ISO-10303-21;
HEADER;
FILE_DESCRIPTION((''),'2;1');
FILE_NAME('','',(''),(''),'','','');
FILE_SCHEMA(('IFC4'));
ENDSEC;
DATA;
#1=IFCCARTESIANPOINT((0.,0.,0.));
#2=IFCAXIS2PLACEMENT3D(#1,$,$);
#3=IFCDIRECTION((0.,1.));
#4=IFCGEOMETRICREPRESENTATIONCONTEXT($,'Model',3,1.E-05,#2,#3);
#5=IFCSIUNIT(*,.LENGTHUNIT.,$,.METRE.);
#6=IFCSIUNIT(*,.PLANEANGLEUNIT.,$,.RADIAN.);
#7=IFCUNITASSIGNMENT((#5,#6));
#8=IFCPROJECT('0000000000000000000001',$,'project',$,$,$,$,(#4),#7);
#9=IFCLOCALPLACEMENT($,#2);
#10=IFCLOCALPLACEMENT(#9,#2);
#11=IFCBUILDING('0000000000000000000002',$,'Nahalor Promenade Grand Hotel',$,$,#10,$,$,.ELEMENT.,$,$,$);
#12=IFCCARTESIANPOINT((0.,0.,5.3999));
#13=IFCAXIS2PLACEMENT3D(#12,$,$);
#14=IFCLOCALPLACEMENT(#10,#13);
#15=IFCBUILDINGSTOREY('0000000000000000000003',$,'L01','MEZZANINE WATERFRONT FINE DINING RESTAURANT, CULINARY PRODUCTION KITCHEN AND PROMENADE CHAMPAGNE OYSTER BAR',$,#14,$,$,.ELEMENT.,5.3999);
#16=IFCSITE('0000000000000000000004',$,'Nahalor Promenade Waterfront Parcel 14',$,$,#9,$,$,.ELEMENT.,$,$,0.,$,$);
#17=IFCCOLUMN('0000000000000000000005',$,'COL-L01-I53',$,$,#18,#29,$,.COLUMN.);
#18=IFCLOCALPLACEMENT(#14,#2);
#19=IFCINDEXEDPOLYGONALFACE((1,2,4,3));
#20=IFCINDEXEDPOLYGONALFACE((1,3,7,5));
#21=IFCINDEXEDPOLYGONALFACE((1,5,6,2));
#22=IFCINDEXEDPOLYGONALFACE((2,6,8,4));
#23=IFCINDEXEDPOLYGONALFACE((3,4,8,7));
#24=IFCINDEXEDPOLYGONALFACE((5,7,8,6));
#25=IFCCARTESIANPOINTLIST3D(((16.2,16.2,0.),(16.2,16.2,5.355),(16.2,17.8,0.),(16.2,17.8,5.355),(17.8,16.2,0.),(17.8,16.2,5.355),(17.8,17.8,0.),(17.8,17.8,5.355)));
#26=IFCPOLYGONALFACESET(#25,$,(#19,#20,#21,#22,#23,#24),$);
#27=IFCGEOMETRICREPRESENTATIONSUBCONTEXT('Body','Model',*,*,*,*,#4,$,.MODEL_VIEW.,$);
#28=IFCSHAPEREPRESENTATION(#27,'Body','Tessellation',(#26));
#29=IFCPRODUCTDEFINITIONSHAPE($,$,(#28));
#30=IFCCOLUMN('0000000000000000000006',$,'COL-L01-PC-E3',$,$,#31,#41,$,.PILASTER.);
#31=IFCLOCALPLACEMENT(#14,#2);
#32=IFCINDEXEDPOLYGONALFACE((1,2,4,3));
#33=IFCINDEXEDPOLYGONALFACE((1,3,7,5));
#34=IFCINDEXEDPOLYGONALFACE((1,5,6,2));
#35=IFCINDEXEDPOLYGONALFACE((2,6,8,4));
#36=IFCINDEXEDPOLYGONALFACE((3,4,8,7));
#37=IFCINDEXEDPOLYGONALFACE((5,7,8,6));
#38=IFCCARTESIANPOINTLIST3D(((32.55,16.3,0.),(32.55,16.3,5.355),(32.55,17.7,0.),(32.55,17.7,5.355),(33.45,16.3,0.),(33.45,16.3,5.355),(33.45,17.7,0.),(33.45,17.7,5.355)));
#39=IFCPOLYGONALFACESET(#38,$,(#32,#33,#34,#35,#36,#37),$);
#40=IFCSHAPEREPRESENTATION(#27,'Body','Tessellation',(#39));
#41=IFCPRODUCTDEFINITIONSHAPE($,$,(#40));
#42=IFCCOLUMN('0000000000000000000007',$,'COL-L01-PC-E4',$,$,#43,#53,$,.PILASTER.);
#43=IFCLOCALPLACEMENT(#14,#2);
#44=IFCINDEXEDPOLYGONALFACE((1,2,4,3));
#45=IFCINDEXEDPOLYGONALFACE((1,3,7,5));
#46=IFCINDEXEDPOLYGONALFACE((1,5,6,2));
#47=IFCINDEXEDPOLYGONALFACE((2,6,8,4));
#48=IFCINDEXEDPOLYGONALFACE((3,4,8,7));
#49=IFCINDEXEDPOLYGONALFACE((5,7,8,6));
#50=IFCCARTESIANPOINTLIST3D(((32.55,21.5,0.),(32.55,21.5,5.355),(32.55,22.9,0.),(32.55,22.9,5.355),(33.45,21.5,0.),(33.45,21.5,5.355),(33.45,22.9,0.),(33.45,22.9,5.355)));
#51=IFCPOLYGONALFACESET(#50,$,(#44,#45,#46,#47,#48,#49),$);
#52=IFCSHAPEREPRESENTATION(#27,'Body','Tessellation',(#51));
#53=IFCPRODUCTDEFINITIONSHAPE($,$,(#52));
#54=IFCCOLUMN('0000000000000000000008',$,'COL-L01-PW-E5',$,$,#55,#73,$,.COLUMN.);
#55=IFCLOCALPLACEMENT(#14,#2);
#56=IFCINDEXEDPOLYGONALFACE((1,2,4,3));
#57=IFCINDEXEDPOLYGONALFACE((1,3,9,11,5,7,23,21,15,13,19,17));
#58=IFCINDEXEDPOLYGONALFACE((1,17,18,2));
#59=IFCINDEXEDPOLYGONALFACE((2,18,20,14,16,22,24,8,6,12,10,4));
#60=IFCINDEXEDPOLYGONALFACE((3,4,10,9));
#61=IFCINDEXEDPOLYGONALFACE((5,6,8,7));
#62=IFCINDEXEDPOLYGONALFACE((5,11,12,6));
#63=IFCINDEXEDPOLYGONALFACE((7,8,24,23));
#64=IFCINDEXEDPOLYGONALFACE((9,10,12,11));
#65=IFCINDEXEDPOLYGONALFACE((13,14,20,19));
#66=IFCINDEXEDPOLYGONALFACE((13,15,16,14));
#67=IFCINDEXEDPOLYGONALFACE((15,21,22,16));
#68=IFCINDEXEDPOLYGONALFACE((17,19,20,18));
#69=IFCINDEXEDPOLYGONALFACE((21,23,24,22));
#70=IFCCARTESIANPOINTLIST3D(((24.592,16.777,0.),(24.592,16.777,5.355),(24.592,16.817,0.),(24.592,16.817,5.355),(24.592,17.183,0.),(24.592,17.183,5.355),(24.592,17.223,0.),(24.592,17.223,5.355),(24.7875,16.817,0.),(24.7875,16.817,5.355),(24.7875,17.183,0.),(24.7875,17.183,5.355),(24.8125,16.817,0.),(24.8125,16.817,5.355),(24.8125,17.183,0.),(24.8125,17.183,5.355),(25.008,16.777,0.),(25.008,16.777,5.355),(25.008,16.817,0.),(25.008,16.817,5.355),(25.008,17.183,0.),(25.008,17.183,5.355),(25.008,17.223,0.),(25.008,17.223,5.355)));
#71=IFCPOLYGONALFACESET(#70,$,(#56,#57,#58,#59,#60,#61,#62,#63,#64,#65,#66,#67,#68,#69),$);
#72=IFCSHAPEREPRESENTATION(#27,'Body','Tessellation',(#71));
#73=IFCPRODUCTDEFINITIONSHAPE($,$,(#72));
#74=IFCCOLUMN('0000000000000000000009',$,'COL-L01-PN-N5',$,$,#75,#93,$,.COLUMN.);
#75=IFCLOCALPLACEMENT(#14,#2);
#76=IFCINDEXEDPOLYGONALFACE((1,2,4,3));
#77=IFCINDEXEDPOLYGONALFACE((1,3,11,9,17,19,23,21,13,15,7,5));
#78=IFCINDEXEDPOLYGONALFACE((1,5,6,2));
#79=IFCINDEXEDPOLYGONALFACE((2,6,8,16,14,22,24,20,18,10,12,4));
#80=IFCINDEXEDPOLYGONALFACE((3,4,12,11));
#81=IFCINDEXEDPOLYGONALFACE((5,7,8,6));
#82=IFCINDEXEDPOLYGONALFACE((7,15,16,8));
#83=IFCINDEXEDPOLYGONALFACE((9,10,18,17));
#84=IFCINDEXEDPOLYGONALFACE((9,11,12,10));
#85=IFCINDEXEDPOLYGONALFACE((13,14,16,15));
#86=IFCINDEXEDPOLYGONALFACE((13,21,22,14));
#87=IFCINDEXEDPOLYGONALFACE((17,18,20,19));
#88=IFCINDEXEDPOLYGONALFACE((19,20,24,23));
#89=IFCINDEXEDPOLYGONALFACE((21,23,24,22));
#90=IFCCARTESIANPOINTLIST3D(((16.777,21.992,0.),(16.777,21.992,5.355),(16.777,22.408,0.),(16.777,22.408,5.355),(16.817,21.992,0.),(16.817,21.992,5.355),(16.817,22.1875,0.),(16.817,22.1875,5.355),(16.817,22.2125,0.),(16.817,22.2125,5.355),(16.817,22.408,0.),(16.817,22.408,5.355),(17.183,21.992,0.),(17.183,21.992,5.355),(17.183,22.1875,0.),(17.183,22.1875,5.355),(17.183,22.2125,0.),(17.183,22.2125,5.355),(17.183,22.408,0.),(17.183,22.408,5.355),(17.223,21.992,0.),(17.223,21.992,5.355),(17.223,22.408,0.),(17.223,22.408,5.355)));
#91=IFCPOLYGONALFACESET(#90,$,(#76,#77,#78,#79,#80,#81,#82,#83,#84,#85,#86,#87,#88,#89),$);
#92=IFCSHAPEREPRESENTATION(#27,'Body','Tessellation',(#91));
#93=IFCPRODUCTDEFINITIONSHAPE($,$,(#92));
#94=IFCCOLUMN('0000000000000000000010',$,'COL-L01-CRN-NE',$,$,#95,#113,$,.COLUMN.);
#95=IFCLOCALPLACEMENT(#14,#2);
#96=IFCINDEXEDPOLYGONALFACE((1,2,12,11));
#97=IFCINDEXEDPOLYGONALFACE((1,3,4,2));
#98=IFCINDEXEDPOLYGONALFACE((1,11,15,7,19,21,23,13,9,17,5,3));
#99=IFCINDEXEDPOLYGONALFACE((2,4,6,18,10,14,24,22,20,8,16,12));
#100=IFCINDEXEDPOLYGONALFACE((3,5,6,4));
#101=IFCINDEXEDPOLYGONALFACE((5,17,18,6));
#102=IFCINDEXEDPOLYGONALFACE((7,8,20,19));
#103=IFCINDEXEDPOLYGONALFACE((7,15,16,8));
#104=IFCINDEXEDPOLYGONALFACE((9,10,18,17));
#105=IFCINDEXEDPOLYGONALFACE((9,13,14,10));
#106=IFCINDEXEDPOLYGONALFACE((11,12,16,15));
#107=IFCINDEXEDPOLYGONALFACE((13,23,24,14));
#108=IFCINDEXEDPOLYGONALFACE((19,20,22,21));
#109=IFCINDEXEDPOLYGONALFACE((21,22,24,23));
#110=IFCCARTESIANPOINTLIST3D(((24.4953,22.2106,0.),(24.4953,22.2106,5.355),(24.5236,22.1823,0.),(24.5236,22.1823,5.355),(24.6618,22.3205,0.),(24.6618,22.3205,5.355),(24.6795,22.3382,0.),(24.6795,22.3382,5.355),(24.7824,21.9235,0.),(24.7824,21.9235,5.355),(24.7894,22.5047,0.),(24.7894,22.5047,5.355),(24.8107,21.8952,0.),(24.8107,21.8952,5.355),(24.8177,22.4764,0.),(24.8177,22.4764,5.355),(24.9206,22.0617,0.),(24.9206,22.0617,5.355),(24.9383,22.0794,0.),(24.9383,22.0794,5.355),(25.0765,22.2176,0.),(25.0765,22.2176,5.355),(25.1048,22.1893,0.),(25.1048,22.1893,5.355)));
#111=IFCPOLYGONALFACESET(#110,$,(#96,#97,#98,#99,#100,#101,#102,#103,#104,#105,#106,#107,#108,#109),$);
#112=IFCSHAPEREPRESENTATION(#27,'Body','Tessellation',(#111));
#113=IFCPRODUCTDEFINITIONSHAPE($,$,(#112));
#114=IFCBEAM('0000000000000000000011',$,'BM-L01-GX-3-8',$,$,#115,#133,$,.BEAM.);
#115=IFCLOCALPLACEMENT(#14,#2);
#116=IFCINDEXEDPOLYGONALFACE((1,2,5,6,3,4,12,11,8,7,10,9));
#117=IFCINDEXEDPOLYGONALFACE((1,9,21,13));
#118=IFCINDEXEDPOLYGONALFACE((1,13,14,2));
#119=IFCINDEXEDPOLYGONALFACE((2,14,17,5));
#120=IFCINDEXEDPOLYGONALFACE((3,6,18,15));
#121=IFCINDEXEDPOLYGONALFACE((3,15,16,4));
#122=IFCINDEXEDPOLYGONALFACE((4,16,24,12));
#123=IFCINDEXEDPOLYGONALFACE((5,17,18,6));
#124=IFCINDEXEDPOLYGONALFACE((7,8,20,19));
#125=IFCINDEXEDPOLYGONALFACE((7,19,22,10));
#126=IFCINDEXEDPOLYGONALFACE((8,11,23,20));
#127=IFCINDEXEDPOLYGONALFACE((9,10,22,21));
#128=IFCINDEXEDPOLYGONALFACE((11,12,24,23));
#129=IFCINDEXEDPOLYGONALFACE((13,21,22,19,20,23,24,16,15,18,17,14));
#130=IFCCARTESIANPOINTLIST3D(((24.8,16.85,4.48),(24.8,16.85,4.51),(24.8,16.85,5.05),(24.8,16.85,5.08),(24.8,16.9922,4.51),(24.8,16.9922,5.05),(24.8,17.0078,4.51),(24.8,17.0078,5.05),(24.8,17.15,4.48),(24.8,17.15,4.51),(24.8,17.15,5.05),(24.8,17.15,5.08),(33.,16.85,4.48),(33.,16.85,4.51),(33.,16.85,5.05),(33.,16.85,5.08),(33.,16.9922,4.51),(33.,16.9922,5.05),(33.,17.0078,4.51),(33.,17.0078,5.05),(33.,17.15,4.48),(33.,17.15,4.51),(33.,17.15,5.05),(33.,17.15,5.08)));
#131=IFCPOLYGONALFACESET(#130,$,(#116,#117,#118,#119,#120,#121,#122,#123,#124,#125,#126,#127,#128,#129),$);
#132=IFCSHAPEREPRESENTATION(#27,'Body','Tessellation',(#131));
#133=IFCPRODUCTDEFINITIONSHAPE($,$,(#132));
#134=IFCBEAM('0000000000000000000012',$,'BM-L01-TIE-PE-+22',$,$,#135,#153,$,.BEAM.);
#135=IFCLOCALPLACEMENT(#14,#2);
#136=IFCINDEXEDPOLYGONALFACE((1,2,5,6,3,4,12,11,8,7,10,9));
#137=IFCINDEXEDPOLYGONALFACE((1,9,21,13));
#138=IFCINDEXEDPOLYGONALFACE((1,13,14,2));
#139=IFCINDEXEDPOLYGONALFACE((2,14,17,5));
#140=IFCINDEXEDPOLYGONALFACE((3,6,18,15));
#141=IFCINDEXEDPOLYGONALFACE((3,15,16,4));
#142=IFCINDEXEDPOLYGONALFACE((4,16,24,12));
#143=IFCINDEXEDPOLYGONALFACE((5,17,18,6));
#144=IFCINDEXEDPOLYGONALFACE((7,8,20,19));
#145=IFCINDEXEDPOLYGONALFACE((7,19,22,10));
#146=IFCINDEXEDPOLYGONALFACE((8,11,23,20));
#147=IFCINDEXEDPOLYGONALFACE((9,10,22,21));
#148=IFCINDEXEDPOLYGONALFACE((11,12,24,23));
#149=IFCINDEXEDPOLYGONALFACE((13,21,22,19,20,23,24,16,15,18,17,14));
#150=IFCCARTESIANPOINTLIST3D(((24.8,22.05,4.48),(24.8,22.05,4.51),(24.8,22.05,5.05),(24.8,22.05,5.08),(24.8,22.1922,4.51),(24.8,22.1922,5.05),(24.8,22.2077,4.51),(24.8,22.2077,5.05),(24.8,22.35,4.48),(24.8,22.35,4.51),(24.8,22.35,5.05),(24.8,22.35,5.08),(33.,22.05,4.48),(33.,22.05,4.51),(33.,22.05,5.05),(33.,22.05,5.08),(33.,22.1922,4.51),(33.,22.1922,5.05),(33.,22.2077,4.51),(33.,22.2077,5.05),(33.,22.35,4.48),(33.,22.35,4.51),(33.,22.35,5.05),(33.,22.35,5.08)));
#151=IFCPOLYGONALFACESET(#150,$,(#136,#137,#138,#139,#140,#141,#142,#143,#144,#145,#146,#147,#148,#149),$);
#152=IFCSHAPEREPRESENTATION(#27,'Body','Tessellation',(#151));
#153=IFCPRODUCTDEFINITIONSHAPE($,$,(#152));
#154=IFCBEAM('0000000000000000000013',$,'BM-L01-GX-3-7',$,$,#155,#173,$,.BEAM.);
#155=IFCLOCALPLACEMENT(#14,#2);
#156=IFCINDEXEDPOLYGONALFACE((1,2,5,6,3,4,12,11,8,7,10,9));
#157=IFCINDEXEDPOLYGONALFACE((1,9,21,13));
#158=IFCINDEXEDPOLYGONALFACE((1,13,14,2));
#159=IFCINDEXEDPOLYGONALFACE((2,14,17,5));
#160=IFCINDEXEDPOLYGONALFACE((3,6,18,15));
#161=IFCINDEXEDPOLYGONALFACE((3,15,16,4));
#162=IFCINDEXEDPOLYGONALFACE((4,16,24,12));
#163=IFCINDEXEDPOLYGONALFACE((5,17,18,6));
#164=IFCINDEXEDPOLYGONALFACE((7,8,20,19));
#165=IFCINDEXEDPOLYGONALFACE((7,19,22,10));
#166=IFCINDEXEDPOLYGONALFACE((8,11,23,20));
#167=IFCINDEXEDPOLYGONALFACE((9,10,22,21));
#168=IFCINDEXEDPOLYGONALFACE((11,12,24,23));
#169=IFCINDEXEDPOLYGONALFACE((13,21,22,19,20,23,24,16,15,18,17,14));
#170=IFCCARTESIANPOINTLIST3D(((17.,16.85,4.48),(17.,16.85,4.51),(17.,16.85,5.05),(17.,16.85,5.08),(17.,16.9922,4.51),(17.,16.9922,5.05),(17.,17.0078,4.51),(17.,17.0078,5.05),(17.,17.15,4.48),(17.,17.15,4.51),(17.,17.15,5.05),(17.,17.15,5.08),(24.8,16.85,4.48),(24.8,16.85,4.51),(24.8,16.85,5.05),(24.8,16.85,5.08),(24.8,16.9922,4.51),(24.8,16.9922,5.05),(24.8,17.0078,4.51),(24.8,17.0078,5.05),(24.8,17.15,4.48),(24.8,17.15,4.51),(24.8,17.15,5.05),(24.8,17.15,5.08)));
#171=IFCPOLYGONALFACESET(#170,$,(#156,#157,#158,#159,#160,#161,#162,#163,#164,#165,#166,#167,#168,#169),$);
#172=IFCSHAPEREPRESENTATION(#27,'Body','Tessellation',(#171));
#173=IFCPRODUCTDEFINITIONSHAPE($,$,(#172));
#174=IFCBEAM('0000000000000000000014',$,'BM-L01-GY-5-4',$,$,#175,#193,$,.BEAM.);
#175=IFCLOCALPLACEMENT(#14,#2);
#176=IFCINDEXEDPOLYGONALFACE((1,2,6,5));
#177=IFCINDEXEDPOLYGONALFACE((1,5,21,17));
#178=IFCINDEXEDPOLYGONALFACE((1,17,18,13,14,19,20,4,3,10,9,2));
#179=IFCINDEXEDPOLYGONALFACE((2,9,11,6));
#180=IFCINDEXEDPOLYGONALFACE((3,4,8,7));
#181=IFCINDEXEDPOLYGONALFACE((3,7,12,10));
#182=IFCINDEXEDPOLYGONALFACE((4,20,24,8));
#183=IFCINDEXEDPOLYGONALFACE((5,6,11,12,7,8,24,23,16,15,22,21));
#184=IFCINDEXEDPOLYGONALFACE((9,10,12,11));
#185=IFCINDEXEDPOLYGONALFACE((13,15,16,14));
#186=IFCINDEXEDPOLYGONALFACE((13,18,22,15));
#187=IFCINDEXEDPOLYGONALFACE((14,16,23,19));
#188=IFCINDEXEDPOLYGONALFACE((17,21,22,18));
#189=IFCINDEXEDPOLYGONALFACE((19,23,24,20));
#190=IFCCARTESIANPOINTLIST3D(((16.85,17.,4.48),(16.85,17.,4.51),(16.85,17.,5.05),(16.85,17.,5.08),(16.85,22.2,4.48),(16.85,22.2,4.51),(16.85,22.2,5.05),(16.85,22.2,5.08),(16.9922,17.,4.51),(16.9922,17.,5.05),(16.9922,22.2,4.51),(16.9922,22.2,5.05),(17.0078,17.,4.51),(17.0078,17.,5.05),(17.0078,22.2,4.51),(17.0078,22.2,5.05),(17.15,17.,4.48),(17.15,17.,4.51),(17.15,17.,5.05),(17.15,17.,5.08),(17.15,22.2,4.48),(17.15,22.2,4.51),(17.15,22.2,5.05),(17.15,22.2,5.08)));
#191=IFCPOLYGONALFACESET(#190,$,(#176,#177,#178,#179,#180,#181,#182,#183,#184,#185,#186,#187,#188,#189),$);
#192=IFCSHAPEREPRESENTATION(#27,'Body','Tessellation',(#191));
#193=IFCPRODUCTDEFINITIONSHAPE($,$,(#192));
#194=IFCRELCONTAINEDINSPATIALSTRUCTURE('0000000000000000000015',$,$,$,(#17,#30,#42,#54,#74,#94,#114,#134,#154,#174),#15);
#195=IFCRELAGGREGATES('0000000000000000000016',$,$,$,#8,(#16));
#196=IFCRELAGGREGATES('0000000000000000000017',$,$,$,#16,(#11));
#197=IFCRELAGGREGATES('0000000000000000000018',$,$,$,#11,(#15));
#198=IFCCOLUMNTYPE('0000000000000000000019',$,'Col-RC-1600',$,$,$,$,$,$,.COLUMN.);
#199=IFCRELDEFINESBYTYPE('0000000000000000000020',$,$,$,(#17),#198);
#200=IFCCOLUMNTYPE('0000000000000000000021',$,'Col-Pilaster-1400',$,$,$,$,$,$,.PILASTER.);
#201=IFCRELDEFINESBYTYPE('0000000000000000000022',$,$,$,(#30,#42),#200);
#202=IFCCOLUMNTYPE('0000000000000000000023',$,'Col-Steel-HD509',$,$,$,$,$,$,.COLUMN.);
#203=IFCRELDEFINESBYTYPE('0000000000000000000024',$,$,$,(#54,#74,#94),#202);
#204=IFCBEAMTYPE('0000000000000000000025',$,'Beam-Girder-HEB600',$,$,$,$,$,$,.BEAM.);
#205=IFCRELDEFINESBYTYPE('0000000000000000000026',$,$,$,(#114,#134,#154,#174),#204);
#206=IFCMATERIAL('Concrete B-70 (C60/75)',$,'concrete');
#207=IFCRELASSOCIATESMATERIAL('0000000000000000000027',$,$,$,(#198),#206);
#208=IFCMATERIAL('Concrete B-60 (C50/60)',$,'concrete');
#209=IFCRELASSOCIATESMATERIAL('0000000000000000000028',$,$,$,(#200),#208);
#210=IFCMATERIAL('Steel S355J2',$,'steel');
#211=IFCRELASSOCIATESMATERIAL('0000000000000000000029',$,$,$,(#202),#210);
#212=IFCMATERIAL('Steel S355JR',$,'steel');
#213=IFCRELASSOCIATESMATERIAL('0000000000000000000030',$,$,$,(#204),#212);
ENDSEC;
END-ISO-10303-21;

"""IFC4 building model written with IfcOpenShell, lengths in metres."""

from ifc_helpers import new_model, si_unit, direction, frame, origin, origin_2d, place, context, subcontext, project, spatial, rectangle, i_section, extrude, source, transform, mapped, material, material_profile, profile_set, type_object, element, save


model = new_model("IFC4")

# Units and contexts
model_context = context("Model", 3, precision=1e-05, world=origin(), true_north=direction((0.0, 1.0)))
body_context = subcontext(model_context, "Body", "Model", "MODEL_VIEW")
ifc_project = project(units=[si_unit("LENGTHUNIT", "METRE"), si_unit("PLANEANGLEUNIT", "RADIAN")], contexts=[model_context])

# Site, building, storey
site_placement = place(None, origin())
site = spatial("IfcSite", under=ifc_project, at=site_placement, Name="Nahalor Promenade Waterfront Parcel 14", CompositionType="ELEMENT", RefElevation=0.0)
building_placement = place(site_placement, origin())
building = spatial("IfcBuilding", under=site, at=building_placement, Name="Nahalor Promenade Grand Hotel", CompositionType="ELEMENT")
storey_placement = place(building_placement, frame((0.0, 0.0, 5.3999)))
storey = spatial("IfcBuildingStorey", under=building, at=storey_placement, Name="L01", Description="MEZZANINE WATERFRONT FINE DINING RESTAURANT, CULINARY PRODUCTION KITCHEN AND PROMENADE CHAMPAGNE OYSTER BAR", CompositionType="ELEMENT", Elevation=5.3999)

# Columns
ifc_material_1 = material(Name="Concrete B-70 (C60/75)", Category="concrete")
ifc_material_profile_1 = material_profile(ifc_material_1, rectangle(XDim=1.6, YDim=1.6, at=origin_2d()), Name="RC 1600x1600")
ifc_profile_set_1 = profile_set([ifc_material_profile_1], Name="Concrete B-70 (C60/75)")
column_type_1 = type_object("IfcColumnType", Name="Col-RC-1600", PredefinedType="COLUMN", material=ifc_profile_set_1)
shared_shape_1 = source(origin(), body_context, "Body", "SweptSolid", [
    extrude(rectangle(XDim=1.6, YDim=1.6, at=origin_2d()), origin(), (0.0, 0.0, 1.0), 5.355),
])
column_placement = place(storey_placement, frame((17.0, 17.0, 0.0), z_axis=(0.0, 0.0, 1.0), x_axis=(1.0, 0.0, 0.0)))
element("IfcColumn", 1, at=column_placement, inside=storey, type_object=column_type_1, Name="COL-L01-I53", PredefinedType="COLUMN", context=body_context, shape_type="MappedRepresentation", body=[
    mapped(shared_shape_1, transform((0.0, 0.0, 0.0), scale=1.0)),
])
ifc_material_2 = material(Name="Concrete B-60 (C50/60)", Category="concrete")
ifc_material_profile_2 = material_profile(ifc_material_2, rectangle(XDim=0.9, YDim=1.4, at=origin_2d()), Name="RC 900x1400")
ifc_profile_set_2 = profile_set([ifc_material_profile_2], Name="Concrete B-60 (C50/60)")
column_type_2 = type_object("IfcColumnType", Name="Col-Pilaster-1400", PredefinedType="PILASTER", material=ifc_profile_set_2)
shared_shape_2 = source(origin(), body_context, "Body", "SweptSolid", [
    extrude(rectangle(XDim=0.9, YDim=1.4, at=origin_2d()), origin(), (0.0, 0.0, 1.0), 5.355),
])
for number, where, z_axis, x_axis, name in (
    (2, (33.0, 17.0, 0.0), (0.0, 0.0, 1.0), (1.0, 0.0, 0.0), "COL-L01-PC-E3"),
    (3, (33.0, 22.2, 0.0), (0.0, 0.0, 1.0), (1.0, 0.0, 0.0), "COL-L01-PC-E4"),
):
    element("IfcColumn", number, at=place(storey_placement, frame(where, z_axis=z_axis, x_axis=x_axis)), inside=storey, type_object=column_type_2, Name=name, PredefinedType="PILASTER", context=body_context, shape_type="MappedRepresentation", body=[
        mapped(shared_shape_2, transform((0.0, 0.0, 0.0), scale=1.0)),
    ])
ifc_material_3 = material(Name="Steel S355J2", Category="steel")
ifc_material_profile_3 = material_profile(ifc_material_3, i_section(OverallWidth=0.416, OverallDepth=0.446, WebThickness=0.025, FlangeThickness=0.04, at=origin_2d()), Name="HD 400x509")
ifc_profile_set_3 = profile_set([ifc_material_profile_3], Name="Steel S355J2")
column_type_3 = type_object("IfcColumnType", Name="Col-Steel-HD509", PredefinedType="COLUMN", material=ifc_profile_set_3)
shared_shape_3 = source(origin(), body_context, "Body", "SweptSolid", [
    extrude(i_section(OverallWidth=0.416, OverallDepth=0.446, WebThickness=0.025, FlangeThickness=0.04, at=origin_2d()), origin(), (0.0, 0.0, 1.0), 5.355),
])
for number, where, z_axis, x_axis, name in (
    (4, (24.8, 17.0, 0.0), (0.0, 0.0, 1.0), (1.0, 0.0, 0.0), "COL-L01-PW-E5"),
    (5, (17.0, 22.2, 0.0), (0.0, 0.0, 1.0), (0.0, 1.0, 0.0), "COL-L01-PN-N5"),
    (6, (24.8, 22.2, 0.0), (0.0, 0.0, 1.0), (0.707107, 0.707107, 0.0), "COL-L01-CRN-NE"),
):
    element("IfcColumn", number, at=place(storey_placement, frame(where, z_axis=z_axis, x_axis=x_axis)), inside=storey, type_object=column_type_3, Name=name, PredefinedType="COLUMN", context=body_context, shape_type="MappedRepresentation", body=[
        mapped(shared_shape_3, transform((0.0, 0.0, 0.0), scale=1.0)),
    ])

# Beams
ifc_material_4 = material(Name="Steel S355JR", Category="steel")
ifc_material_profile_4 = material_profile(ifc_material_4, i_section(OverallWidth=0.3, OverallDepth=0.6, WebThickness=0.0155, FlangeThickness=0.03, at=origin_2d()), Name="HEB 600")
ifc_profile_set_4 = profile_set([ifc_material_profile_4], Name="Steel S355JR")
beam_type_1 = type_object("IfcBeamType", Name="Beam-Girder-HEB600", PredefinedType="BEAM", material=ifc_profile_set_4)
shared_shape_4 = source(origin(), body_context, "Body", "SweptSolid", [
    extrude(i_section(OverallWidth=0.3, OverallDepth=0.6, WebThickness=0.0155, FlangeThickness=0.03, at=origin_2d()), origin(), (0.0, 0.0, 1.0), 8.2),
])
for number, where, z_axis, x_axis, name in (
    (7, (24.8, 17.0, 4.78), (1.0, 0.0, 0.0), (0.0, 1.0, 0.0), "BM-L01-GX-3-8"),
    (8, (24.8, 22.2, 4.78), (1.0, 0.0, 0.0), (0.0, 1.0, 0.0), "BM-L01-TIE-PE-+22"),
):
    element("IfcBeam", number, at=place(storey_placement, frame(where, z_axis=z_axis, x_axis=x_axis)), inside=storey, type_object=beam_type_1, Name=name, PredefinedType="BEAM", context=body_context, shape_type="MappedRepresentation", body=[
        mapped(shared_shape_4, transform((0.0, 0.0, 0.0), scale=1.0)),
    ])
shared_shape_5 = source(origin(), body_context, "Body", "SweptSolid", [
    extrude(i_section(OverallWidth=0.3, OverallDepth=0.6, WebThickness=0.0155, FlangeThickness=0.03, at=origin_2d()), origin(), (0.0, 0.0, 1.0), 7.8),
])
beam_1_placement = place(storey_placement, frame((17.0, 17.0, 4.78), z_axis=(1.0, 0.0, 0.0), x_axis=(0.0, 1.0, 0.0)))
element("IfcBeam", 9, at=beam_1_placement, inside=storey, type_object=beam_type_1, Name="BM-L01-GX-3-7", PredefinedType="BEAM", context=body_context, shape_type="MappedRepresentation", body=[
    mapped(shared_shape_5, transform((0.0, 0.0, 0.0), scale=1.0)),
])
shared_shape_6 = source(origin(), body_context, "Body", "SweptSolid", [
    extrude(i_section(OverallWidth=0.3, OverallDepth=0.6, WebThickness=0.0155, FlangeThickness=0.03, at=origin_2d()), origin(), (0.0, 0.0, 1.0), 5.2),
])
beam_2_placement = place(storey_placement, frame((17.0, 17.0, 4.78), z_axis=(0.0, 1.0, 0.0), x_axis=(-1.0, 0.0, 0.0)))
element("IfcBeam", 10, at=beam_2_placement, inside=storey, type_object=beam_type_1, Name="BM-L01-GY-5-4", PredefinedType="BEAM", context=body_context, shape_type="MappedRepresentation", body=[
    mapped(shared_shape_6, transform((0.0, 0.0, 0.0), scale=1.0)),
])

save(model, "model.ifc")
